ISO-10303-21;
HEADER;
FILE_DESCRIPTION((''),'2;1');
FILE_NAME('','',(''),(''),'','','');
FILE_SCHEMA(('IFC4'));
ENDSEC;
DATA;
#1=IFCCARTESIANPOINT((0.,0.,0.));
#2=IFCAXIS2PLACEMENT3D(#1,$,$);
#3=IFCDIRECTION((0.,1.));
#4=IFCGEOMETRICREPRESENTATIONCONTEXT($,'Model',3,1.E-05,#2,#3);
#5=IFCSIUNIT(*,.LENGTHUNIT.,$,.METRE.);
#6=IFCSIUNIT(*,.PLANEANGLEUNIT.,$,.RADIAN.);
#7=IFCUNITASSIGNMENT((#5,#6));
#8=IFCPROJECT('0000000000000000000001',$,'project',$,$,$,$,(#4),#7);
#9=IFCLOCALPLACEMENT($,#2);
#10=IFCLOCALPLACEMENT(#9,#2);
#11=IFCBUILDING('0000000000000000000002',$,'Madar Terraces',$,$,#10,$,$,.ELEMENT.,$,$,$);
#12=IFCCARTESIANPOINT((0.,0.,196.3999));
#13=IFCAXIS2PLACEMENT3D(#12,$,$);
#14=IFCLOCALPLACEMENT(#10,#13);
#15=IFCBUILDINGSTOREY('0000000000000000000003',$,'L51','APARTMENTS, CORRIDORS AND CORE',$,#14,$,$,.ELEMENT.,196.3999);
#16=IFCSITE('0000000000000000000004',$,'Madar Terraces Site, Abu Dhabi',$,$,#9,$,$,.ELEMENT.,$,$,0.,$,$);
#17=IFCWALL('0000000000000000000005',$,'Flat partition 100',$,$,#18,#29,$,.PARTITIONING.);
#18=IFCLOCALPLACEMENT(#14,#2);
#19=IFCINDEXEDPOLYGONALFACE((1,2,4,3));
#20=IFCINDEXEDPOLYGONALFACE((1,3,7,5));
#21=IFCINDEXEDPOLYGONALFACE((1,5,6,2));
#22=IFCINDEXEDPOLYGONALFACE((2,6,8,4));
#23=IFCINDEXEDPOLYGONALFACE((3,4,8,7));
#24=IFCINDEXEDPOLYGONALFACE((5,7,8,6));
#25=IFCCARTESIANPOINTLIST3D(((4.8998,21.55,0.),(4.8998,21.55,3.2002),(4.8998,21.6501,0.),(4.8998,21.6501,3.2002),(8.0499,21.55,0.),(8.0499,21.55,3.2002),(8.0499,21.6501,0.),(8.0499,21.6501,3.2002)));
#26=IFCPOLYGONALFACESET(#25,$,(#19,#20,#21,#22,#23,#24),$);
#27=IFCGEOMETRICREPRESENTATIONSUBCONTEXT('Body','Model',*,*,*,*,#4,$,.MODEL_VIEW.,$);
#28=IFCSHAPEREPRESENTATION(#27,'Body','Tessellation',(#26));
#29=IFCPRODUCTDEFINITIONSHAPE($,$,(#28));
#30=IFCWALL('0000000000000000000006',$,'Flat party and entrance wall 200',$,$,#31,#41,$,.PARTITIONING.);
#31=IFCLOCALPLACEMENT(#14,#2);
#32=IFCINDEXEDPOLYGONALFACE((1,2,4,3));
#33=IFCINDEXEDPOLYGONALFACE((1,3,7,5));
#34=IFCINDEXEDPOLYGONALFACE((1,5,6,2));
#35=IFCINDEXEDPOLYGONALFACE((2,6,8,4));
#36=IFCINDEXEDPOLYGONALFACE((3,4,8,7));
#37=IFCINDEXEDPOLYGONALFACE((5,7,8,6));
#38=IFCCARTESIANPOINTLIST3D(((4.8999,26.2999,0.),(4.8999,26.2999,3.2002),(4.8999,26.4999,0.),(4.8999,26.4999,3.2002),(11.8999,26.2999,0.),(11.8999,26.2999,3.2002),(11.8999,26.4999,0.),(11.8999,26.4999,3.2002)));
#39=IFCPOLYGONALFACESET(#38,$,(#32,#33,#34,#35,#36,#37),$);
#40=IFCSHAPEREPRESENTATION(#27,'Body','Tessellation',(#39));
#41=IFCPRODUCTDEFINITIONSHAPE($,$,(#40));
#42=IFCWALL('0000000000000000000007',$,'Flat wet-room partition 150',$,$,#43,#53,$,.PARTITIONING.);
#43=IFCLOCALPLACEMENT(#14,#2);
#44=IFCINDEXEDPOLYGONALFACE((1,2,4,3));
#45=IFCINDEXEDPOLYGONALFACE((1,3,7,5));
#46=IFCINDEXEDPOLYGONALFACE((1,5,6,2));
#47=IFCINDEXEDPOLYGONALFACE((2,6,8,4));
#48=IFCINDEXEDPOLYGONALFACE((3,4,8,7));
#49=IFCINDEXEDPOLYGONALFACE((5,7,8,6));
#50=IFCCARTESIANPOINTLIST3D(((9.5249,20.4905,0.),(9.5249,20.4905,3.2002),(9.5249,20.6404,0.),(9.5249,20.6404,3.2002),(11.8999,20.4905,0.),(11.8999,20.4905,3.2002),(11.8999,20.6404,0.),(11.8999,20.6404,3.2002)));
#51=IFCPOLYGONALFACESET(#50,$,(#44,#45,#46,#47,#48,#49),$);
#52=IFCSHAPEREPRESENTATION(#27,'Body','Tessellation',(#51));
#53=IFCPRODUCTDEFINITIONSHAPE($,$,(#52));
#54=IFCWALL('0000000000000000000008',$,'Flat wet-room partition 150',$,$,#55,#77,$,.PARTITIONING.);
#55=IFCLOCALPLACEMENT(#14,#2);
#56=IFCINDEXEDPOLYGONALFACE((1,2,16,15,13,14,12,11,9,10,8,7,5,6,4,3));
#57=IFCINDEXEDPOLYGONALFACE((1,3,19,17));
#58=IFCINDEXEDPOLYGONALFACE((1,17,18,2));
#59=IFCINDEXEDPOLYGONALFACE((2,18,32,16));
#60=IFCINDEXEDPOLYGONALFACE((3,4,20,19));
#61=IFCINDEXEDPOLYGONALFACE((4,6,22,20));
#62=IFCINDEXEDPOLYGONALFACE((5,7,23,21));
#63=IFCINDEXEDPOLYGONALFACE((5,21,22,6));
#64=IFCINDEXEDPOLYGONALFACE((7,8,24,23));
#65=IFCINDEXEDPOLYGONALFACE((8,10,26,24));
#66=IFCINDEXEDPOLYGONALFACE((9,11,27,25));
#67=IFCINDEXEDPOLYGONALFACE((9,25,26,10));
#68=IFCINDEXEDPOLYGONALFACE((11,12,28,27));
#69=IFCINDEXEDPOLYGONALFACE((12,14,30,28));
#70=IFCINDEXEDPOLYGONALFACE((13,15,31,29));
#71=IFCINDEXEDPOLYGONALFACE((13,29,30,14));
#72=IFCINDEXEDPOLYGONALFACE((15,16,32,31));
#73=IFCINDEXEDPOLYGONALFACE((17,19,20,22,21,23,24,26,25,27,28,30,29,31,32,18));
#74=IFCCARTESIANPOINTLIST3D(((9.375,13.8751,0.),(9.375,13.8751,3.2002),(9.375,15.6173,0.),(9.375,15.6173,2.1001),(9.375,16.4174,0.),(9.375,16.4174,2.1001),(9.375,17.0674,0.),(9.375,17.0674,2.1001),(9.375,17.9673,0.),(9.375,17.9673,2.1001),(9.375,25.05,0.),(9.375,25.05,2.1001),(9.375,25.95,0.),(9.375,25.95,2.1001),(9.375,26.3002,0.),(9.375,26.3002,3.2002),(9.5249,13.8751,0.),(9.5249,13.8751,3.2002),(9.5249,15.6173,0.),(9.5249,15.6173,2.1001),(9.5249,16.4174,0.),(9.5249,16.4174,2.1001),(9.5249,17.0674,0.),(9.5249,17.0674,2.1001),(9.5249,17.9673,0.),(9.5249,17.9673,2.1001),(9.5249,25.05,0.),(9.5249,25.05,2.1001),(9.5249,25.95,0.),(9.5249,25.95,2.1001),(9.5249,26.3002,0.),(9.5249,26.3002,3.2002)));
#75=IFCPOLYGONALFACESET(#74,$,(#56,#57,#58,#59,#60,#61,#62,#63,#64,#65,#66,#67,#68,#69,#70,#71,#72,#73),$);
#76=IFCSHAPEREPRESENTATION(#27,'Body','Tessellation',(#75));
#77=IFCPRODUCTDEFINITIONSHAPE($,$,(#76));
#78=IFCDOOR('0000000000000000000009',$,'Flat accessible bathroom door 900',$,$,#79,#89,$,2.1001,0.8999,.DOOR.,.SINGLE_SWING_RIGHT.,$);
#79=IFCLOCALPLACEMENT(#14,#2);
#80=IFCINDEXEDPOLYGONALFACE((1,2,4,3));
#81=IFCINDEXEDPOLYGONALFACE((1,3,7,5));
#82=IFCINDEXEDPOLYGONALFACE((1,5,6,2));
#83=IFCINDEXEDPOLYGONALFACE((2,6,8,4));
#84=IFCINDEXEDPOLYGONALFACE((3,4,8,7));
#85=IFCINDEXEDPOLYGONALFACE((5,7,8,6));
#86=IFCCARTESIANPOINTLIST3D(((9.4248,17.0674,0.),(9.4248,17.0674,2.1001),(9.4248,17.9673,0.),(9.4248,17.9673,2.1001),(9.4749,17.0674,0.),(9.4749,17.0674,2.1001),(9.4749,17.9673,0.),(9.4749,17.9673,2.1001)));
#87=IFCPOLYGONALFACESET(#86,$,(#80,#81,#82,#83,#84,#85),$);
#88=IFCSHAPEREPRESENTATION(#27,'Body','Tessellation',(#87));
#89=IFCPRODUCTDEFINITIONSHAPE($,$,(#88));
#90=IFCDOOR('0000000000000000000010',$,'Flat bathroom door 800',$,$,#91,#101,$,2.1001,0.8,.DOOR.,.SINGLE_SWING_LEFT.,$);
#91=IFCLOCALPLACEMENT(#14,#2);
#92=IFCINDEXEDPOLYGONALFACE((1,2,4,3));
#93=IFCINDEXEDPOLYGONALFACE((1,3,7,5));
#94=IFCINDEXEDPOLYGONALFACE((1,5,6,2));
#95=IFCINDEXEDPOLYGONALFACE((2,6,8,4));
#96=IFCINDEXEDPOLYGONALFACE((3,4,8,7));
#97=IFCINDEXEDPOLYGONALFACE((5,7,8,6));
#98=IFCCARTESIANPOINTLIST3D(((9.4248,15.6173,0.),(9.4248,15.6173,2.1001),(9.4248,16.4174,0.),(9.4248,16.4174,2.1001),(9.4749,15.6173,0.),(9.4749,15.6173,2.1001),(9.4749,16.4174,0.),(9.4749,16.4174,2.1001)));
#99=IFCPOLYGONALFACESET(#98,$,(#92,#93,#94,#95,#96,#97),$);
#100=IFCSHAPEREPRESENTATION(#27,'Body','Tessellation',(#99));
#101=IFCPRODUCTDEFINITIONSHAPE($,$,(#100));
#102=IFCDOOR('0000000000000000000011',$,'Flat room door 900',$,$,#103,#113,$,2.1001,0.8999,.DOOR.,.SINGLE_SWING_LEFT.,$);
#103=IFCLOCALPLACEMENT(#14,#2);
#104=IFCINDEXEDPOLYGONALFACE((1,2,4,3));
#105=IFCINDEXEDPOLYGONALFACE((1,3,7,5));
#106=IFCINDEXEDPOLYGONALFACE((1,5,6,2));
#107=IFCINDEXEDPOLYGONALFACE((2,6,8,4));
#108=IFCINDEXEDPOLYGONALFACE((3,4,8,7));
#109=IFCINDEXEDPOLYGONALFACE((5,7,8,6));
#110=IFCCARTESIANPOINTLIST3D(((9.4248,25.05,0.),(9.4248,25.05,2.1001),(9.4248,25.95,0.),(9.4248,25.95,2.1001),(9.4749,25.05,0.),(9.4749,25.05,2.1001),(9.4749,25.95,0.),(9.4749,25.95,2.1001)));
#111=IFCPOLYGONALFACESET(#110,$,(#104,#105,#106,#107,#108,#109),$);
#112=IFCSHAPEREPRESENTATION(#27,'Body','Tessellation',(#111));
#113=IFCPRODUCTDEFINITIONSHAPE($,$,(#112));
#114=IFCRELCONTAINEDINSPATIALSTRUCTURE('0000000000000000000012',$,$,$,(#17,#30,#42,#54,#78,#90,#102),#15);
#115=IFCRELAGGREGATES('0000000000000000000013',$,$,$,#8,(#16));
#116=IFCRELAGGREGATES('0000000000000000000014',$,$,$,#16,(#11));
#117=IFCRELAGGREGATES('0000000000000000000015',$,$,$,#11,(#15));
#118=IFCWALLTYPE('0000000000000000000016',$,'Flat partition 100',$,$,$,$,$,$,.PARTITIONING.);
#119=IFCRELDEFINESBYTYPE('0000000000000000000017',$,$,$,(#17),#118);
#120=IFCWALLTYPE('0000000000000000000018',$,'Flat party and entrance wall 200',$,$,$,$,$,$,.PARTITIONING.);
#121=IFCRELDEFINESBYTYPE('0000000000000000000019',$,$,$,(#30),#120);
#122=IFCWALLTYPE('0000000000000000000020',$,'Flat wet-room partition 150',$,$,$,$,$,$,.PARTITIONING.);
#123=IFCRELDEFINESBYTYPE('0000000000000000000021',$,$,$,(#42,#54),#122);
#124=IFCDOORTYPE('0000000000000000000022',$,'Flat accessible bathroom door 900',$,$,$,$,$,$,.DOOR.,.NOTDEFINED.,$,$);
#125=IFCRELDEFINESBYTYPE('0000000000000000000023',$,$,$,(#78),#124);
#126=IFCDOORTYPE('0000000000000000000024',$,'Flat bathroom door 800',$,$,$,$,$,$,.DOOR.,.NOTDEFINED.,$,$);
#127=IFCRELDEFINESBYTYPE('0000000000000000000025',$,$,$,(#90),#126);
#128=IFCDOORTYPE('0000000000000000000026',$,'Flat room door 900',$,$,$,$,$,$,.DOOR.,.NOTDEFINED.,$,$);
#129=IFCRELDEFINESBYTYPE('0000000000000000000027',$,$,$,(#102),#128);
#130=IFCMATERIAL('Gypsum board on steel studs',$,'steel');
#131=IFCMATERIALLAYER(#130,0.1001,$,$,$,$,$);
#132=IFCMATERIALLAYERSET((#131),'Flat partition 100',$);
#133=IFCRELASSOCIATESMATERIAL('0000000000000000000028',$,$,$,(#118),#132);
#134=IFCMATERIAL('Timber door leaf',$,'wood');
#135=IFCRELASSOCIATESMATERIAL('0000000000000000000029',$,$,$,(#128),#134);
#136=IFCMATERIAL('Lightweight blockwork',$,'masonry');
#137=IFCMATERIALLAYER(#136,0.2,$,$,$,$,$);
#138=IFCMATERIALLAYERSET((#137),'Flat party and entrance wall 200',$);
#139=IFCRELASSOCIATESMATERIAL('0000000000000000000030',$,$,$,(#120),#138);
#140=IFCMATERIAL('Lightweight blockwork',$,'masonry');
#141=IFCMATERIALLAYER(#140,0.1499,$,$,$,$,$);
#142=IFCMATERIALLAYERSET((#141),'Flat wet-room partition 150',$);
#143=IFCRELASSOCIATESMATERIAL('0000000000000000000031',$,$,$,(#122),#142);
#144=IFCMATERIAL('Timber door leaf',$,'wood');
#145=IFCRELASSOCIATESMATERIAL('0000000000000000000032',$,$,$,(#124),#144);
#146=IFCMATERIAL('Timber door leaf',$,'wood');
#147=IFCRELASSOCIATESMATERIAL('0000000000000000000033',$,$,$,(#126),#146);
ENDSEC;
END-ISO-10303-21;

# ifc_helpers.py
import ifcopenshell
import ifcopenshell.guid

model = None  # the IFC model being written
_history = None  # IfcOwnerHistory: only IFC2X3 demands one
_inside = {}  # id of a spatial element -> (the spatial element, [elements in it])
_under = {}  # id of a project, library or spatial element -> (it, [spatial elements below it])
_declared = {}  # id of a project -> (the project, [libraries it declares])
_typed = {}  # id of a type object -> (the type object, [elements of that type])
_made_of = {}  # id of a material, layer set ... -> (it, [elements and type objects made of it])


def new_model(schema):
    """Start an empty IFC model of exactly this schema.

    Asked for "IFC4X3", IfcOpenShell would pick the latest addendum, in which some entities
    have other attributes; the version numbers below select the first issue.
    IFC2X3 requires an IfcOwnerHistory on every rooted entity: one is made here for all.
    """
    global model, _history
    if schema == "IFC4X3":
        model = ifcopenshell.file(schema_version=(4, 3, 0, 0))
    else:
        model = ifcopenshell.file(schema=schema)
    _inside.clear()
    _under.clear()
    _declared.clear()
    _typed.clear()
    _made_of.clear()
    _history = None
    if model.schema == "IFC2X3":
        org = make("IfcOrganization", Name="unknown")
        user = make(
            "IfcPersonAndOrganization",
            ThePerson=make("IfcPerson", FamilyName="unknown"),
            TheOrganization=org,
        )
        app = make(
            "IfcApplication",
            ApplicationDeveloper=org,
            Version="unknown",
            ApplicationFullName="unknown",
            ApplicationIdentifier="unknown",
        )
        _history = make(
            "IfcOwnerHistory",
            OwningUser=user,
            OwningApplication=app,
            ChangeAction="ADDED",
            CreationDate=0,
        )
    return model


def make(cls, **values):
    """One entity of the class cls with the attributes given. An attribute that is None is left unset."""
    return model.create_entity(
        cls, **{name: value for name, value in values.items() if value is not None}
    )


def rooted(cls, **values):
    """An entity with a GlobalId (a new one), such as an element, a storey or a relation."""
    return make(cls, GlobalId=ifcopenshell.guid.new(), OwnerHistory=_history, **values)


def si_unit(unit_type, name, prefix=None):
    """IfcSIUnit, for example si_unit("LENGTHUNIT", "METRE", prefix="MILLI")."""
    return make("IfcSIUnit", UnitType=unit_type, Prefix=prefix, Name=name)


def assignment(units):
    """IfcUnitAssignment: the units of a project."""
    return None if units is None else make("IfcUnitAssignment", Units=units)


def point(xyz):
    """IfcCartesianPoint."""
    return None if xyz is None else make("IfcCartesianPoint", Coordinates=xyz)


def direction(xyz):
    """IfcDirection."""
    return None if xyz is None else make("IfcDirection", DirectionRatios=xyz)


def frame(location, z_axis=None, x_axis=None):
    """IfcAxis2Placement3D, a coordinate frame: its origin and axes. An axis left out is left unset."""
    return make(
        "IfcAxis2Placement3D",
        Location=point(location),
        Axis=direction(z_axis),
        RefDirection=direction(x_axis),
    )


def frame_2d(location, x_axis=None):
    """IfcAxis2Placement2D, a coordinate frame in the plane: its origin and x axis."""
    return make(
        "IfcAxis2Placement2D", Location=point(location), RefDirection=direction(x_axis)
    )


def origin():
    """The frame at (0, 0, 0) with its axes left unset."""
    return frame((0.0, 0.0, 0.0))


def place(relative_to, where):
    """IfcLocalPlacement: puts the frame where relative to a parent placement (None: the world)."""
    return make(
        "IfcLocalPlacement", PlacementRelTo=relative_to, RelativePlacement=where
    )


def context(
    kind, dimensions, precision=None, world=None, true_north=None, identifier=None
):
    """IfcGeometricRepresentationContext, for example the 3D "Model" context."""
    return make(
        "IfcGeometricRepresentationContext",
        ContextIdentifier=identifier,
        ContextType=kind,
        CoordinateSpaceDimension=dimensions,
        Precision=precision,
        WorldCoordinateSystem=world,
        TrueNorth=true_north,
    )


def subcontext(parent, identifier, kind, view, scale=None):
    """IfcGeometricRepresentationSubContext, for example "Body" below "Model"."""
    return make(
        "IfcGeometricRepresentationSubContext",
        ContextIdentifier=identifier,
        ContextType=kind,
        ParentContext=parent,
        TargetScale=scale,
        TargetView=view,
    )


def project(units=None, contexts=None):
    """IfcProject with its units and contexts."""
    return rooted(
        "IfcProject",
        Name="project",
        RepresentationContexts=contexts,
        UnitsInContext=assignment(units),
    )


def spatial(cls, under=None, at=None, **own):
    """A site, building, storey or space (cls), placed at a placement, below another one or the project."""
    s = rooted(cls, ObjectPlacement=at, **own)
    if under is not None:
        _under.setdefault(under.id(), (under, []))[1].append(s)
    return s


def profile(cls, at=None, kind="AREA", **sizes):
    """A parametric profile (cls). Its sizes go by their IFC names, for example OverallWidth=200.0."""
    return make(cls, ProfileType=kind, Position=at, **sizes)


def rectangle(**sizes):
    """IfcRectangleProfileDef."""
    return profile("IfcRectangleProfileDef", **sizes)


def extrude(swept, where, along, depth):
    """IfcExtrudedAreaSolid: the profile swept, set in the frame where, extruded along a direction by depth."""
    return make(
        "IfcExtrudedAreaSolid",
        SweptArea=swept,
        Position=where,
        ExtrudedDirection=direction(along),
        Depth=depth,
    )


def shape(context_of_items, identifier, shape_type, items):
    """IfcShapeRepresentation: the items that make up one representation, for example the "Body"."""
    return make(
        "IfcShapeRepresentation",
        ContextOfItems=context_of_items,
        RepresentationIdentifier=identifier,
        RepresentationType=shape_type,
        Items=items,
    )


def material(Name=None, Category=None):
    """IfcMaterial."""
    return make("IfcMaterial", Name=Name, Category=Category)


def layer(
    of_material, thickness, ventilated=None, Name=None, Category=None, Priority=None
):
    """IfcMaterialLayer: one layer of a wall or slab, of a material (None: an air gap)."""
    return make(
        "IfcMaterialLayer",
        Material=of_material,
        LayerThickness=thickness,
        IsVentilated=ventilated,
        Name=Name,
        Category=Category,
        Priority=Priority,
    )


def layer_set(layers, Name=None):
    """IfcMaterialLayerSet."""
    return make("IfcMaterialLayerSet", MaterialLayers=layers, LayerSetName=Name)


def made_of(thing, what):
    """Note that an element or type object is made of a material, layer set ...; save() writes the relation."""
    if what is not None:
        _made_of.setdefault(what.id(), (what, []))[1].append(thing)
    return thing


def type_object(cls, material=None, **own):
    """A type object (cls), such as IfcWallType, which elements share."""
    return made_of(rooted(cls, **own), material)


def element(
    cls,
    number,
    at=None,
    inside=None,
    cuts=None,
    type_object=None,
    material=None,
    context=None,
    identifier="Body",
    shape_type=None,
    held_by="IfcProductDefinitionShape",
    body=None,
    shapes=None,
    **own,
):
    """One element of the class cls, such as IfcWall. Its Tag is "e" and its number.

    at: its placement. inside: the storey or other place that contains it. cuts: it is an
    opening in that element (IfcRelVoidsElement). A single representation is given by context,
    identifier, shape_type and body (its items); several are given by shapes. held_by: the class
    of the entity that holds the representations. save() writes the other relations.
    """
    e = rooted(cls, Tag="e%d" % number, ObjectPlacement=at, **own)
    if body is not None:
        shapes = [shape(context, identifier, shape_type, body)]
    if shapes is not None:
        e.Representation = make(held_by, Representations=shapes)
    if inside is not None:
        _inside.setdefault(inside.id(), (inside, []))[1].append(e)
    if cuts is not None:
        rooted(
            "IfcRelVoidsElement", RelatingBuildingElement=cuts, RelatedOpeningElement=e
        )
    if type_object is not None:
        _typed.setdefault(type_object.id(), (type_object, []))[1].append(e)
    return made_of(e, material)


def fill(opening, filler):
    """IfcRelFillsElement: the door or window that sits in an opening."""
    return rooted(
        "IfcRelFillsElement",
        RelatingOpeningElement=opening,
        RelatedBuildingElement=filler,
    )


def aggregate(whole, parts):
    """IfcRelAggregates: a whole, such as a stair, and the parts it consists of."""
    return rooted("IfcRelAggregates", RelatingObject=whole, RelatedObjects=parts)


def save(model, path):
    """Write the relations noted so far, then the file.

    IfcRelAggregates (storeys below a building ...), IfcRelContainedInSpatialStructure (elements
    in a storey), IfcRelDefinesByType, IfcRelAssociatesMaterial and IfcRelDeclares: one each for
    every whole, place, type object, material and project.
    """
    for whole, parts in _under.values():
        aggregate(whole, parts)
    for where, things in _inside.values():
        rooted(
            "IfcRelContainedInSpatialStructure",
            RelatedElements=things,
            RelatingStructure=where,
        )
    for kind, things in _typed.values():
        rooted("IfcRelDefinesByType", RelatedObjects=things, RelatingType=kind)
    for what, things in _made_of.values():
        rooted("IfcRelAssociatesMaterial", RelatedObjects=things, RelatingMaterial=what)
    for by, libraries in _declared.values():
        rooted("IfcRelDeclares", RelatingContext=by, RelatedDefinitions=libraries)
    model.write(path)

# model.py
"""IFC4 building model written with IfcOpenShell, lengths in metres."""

from ifc_helpers import new_model, si_unit, direction, frame, frame_2d, origin, place, context, subcontext, project, spatial, rectangle, extrude, material, layer, layer_set, type_object, element, fill, save


model = new_model("IFC4")

# Units and contexts
model_context = context("Model", 3, precision=1e-05, world=origin(), true_north=direction((0.0, 1.0)))
body_context = subcontext(model_context, "Body", "Model", "MODEL_VIEW")
ifc_project = project(units=[si_unit("LENGTHUNIT", "METRE"), si_unit("PLANEANGLEUNIT", "RADIAN")], contexts=[model_context])

# Site, building, storey
site_placement = place(None, origin())
site = spatial("IfcSite", under=ifc_project, at=site_placement, Name="Madar Terraces Site, Abu Dhabi", CompositionType="ELEMENT", RefElevation=0.0)
building_placement = place(site_placement, origin())
building = spatial("IfcBuilding", under=site, at=building_placement, Name="Madar Terraces", CompositionType="ELEMENT")
storey_placement = place(building_placement, frame((0.0, 0.0, 196.3999)))
storey = spatial("IfcBuildingStorey", under=building, at=storey_placement, Name="L51", Description="APARTMENTS, CORRIDORS AND CORE", CompositionType="ELEMENT", Elevation=196.3999)

# Shared definitions
ifc_material_1 = material(Name="Gypsum board on steel studs", Category="steel")
ifc_layer_1 = layer(ifc_material_1, 0.1001)
ifc_layer_set_1 = layer_set([ifc_layer_1], Name="Flat partition 100")
wall_type_1 = type_object("IfcWallType", Name="Flat partition 100", PredefinedType="PARTITIONING", material=ifc_layer_set_1)
ifc_material_2 = material(Name="Timber door leaf", Category="wood")
door_type_1 = type_object("IfcDoorType", Name="Flat room door 900", OperationType="NOTDEFINED", PredefinedType="DOOR", material=ifc_material_2)

# Walls
wall_1_placement = place(storey_placement, frame((8.05, 21.6001, 0.0), z_axis=(0.0, 0.0, 1.0), x_axis=(-1.0, 0.0, 0.0)))
element("IfcWall", 1, at=wall_1_placement, inside=storey, type_object=wall_type_1, Name="Flat partition 100", PredefinedType="PARTITIONING", context=body_context, shape_type="SweptSolid", body=[
    extrude(rectangle(XDim=3.1501, YDim=0.1001, at=frame_2d((1.5752, 0.0))), origin(), (0.0, 0.0, 1.0), 3.2002),
])
ifc_material_3 = material(Name="Lightweight blockwork", Category="masonry")
ifc_layer_2 = layer(ifc_material_3, 0.2)
ifc_layer_set_2 = layer_set([ifc_layer_2], Name="Flat party and entrance wall 200")
wall_type_2 = type_object("IfcWallType", Name="Flat party and entrance wall 200", PredefinedType="PARTITIONING", material=ifc_layer_set_2)
wall_2_placement = place(storey_placement, frame((4.8999, 26.3999, 0.0), z_axis=(0.0, 0.0, 1.0), x_axis=(1.0, 0.0, 0.0)))
element("IfcWall", 2, at=wall_2_placement, inside=storey, type_object=wall_type_2, Name="Flat party and entrance wall 200", PredefinedType="PARTITIONING", context=body_context, shape_type="SweptSolid", body=[
    extrude(rectangle(XDim=7.0, YDim=0.2, at=frame_2d((3.5, 0.0))), origin(), (0.0, 0.0, 1.0), 3.2002),
])
ifc_material_4 = material(Name="Lightweight blockwork", Category="masonry")
ifc_layer_3 = layer(ifc_material_4, 0.1499)
ifc_layer_set_3 = layer_set([ifc_layer_3], Name="Flat wet-room partition 150")
wall_type_3 = type_object("IfcWallType", Name="Flat wet-room partition 150", PredefinedType="PARTITIONING", material=ifc_layer_set_3)
wall_3_placement = place(storey_placement, frame((11.8999, 20.5654, 0.0), z_axis=(0.0, 0.0, 1.0), x_axis=(-1.0, 0.0, 0.0)))
element("IfcWall", 3, at=wall_3_placement, inside=storey, type_object=wall_type_3, Name="Flat wet-room partition 150", PredefinedType="PARTITIONING", context=body_context, shape_type="SweptSolid", body=[
    extrude(rectangle(XDim=2.375, YDim=0.1499, at=frame_2d((1.1875, 0.0))), origin(), (0.0, 0.0, 1.0), 3.2002),
])

# Wall, openings, doors
wall_4_placement = place(storey_placement, frame((9.45, 26.3, 0.0), z_axis=(0.0, 0.0, 1.0), x_axis=(0.0, -1.0, 0.0)))
wall_4 = element("IfcWall", 4, at=wall_4_placement, inside=storey, type_object=wall_type_3, Name="Flat wet-room partition 150", PredefinedType="PARTITIONING", context=body_context, shape_type="SweptSolid", body=[
    extrude(rectangle(XDim=12.425, YDim=0.1499, at=frame_2d((6.2124, 0.0))), origin(), (0.0, 0.0, 1.0), 3.2002),
])
opening_1_placement = place(wall_4_placement, frame((9.8828, 0.0, 0.0)))
opening_1 = element("IfcOpeningElement", 5, at=opening_1_placement, cuts=wall_4, PredefinedType="OPENING", context=body_context, shape_type="SweptSolid", body=[
    extrude(rectangle(XDim=0.8, YDim=2.1001, at=frame_2d((0.3999, 1.05))), frame((0.0, 0.085, 0.0), z_axis=(0.0, -1.0, 0.0), x_axis=(1.0, 0.0, 0.0)), (0.0, 0.0, 1.0), 0.1699),
])
opening_2_placement = place(wall_4_placement, frame((8.3328, 0.0, 0.0)))
opening_2 = element("IfcOpeningElement", 6, at=opening_2_placement, cuts=wall_4, PredefinedType="OPENING", context=body_context, shape_type="SweptSolid", body=[
    extrude(rectangle(XDim=0.8999, YDim=2.1001, at=frame_2d((0.45, 1.05))), frame((0.0, 0.085, 0.0), z_axis=(0.0, -1.0, 0.0), x_axis=(1.0, 0.0, 0.0)), (0.0, 0.0, 1.0), 0.1699),
])
opening_3_placement = place(wall_4_placement, frame((0.3501, 0.0, 0.0)))
opening_3 = element("IfcOpeningElement", 7, at=opening_3_placement, cuts=wall_4, PredefinedType="OPENING", context=body_context, shape_type="SweptSolid", body=[
    extrude(rectangle(XDim=0.8999, YDim=2.1001, at=frame_2d((0.45, 1.05))), frame((0.0, 0.085, 0.0), z_axis=(0.0, -1.0, 0.0), x_axis=(1.0, 0.0, 0.0)), (0.0, 0.0, 1.0), 0.1699),
])
ifc_material_5 = material(Name="Timber door leaf", Category="wood")
door_type_2 = type_object("IfcDoorType", Name="Flat accessible bathroom door 900", OperationType="NOTDEFINED", PredefinedType="DOOR", material=ifc_material_5)
door_1_placement = place(opening_2_placement, origin())
door_1 = element("IfcDoor", 8, at=door_1_placement, inside=storey, type_object=door_type_2, Name="Flat accessible bathroom door 900", OperationType="SINGLE_SWING_RIGHT", OverallHeight=2.1001, OverallWidth=0.8999, PredefinedType="DOOR", context=body_context, shape_type="SweptSolid", body=[
    extrude(rectangle(XDim=0.8999, YDim=2.1001, at=frame_2d((0.45, 1.05))), frame((0.0, 0.0249, 0.0), z_axis=(0.0, -1.0, 0.0), x_axis=(1.0, 0.0, 0.0)), (0.0, 0.0, 1.0), 0.05),
])
fill(opening_2, door_1)
ifc_material_6 = material(Name="Timber door leaf", Category="wood")
door_type_3 = type_object("IfcDoorType", Name="Flat bathroom door 800", OperationType="NOTDEFINED", PredefinedType="DOOR", material=ifc_material_6)
door_2_placement = place(opening_1_placement, origin())
door_2 = element("IfcDoor", 9, at=door_2_placement, inside=storey, type_object=door_type_3, Name="Flat bathroom door 800", OperationType="SINGLE_SWING_LEFT", OverallHeight=2.1001, OverallWidth=0.8, PredefinedType="DOOR", context=body_context, shape_type="SweptSolid", body=[
    extrude(rectangle(XDim=0.8, YDim=2.1001, at=frame_2d((0.3999, 1.05))), frame((0.0, 0.0249, 0.0), z_axis=(0.0, -1.0, 0.0), x_axis=(1.0, 0.0, 0.0)), (0.0, 0.0, 1.0), 0.05),
])
fill(opening_1, door_2)
door_3_placement = place(opening_3_placement, origin())
door_3 = element("IfcDoor", 10, at=door_3_placement, inside=storey, type_object=door_type_1, Name="Flat room door 900", OperationType="SINGLE_SWING_LEFT", OverallHeight=2.1001, OverallWidth=0.8999, PredefinedType="DOOR", context=body_context, shape_type="SweptSolid", body=[
    extrude(rectangle(XDim=0.8999, YDim=2.1001, at=frame_2d((0.45, 1.05))), frame((0.0, 0.0249, 0.0), z_axis=(0.0, -1.0, 0.0), x_axis=(1.0, 0.0, 0.0)), (0.0, 0.0, 1.0), 0.05),
])
fill(opening_3, door_3)

save(model, "model.ifc")
